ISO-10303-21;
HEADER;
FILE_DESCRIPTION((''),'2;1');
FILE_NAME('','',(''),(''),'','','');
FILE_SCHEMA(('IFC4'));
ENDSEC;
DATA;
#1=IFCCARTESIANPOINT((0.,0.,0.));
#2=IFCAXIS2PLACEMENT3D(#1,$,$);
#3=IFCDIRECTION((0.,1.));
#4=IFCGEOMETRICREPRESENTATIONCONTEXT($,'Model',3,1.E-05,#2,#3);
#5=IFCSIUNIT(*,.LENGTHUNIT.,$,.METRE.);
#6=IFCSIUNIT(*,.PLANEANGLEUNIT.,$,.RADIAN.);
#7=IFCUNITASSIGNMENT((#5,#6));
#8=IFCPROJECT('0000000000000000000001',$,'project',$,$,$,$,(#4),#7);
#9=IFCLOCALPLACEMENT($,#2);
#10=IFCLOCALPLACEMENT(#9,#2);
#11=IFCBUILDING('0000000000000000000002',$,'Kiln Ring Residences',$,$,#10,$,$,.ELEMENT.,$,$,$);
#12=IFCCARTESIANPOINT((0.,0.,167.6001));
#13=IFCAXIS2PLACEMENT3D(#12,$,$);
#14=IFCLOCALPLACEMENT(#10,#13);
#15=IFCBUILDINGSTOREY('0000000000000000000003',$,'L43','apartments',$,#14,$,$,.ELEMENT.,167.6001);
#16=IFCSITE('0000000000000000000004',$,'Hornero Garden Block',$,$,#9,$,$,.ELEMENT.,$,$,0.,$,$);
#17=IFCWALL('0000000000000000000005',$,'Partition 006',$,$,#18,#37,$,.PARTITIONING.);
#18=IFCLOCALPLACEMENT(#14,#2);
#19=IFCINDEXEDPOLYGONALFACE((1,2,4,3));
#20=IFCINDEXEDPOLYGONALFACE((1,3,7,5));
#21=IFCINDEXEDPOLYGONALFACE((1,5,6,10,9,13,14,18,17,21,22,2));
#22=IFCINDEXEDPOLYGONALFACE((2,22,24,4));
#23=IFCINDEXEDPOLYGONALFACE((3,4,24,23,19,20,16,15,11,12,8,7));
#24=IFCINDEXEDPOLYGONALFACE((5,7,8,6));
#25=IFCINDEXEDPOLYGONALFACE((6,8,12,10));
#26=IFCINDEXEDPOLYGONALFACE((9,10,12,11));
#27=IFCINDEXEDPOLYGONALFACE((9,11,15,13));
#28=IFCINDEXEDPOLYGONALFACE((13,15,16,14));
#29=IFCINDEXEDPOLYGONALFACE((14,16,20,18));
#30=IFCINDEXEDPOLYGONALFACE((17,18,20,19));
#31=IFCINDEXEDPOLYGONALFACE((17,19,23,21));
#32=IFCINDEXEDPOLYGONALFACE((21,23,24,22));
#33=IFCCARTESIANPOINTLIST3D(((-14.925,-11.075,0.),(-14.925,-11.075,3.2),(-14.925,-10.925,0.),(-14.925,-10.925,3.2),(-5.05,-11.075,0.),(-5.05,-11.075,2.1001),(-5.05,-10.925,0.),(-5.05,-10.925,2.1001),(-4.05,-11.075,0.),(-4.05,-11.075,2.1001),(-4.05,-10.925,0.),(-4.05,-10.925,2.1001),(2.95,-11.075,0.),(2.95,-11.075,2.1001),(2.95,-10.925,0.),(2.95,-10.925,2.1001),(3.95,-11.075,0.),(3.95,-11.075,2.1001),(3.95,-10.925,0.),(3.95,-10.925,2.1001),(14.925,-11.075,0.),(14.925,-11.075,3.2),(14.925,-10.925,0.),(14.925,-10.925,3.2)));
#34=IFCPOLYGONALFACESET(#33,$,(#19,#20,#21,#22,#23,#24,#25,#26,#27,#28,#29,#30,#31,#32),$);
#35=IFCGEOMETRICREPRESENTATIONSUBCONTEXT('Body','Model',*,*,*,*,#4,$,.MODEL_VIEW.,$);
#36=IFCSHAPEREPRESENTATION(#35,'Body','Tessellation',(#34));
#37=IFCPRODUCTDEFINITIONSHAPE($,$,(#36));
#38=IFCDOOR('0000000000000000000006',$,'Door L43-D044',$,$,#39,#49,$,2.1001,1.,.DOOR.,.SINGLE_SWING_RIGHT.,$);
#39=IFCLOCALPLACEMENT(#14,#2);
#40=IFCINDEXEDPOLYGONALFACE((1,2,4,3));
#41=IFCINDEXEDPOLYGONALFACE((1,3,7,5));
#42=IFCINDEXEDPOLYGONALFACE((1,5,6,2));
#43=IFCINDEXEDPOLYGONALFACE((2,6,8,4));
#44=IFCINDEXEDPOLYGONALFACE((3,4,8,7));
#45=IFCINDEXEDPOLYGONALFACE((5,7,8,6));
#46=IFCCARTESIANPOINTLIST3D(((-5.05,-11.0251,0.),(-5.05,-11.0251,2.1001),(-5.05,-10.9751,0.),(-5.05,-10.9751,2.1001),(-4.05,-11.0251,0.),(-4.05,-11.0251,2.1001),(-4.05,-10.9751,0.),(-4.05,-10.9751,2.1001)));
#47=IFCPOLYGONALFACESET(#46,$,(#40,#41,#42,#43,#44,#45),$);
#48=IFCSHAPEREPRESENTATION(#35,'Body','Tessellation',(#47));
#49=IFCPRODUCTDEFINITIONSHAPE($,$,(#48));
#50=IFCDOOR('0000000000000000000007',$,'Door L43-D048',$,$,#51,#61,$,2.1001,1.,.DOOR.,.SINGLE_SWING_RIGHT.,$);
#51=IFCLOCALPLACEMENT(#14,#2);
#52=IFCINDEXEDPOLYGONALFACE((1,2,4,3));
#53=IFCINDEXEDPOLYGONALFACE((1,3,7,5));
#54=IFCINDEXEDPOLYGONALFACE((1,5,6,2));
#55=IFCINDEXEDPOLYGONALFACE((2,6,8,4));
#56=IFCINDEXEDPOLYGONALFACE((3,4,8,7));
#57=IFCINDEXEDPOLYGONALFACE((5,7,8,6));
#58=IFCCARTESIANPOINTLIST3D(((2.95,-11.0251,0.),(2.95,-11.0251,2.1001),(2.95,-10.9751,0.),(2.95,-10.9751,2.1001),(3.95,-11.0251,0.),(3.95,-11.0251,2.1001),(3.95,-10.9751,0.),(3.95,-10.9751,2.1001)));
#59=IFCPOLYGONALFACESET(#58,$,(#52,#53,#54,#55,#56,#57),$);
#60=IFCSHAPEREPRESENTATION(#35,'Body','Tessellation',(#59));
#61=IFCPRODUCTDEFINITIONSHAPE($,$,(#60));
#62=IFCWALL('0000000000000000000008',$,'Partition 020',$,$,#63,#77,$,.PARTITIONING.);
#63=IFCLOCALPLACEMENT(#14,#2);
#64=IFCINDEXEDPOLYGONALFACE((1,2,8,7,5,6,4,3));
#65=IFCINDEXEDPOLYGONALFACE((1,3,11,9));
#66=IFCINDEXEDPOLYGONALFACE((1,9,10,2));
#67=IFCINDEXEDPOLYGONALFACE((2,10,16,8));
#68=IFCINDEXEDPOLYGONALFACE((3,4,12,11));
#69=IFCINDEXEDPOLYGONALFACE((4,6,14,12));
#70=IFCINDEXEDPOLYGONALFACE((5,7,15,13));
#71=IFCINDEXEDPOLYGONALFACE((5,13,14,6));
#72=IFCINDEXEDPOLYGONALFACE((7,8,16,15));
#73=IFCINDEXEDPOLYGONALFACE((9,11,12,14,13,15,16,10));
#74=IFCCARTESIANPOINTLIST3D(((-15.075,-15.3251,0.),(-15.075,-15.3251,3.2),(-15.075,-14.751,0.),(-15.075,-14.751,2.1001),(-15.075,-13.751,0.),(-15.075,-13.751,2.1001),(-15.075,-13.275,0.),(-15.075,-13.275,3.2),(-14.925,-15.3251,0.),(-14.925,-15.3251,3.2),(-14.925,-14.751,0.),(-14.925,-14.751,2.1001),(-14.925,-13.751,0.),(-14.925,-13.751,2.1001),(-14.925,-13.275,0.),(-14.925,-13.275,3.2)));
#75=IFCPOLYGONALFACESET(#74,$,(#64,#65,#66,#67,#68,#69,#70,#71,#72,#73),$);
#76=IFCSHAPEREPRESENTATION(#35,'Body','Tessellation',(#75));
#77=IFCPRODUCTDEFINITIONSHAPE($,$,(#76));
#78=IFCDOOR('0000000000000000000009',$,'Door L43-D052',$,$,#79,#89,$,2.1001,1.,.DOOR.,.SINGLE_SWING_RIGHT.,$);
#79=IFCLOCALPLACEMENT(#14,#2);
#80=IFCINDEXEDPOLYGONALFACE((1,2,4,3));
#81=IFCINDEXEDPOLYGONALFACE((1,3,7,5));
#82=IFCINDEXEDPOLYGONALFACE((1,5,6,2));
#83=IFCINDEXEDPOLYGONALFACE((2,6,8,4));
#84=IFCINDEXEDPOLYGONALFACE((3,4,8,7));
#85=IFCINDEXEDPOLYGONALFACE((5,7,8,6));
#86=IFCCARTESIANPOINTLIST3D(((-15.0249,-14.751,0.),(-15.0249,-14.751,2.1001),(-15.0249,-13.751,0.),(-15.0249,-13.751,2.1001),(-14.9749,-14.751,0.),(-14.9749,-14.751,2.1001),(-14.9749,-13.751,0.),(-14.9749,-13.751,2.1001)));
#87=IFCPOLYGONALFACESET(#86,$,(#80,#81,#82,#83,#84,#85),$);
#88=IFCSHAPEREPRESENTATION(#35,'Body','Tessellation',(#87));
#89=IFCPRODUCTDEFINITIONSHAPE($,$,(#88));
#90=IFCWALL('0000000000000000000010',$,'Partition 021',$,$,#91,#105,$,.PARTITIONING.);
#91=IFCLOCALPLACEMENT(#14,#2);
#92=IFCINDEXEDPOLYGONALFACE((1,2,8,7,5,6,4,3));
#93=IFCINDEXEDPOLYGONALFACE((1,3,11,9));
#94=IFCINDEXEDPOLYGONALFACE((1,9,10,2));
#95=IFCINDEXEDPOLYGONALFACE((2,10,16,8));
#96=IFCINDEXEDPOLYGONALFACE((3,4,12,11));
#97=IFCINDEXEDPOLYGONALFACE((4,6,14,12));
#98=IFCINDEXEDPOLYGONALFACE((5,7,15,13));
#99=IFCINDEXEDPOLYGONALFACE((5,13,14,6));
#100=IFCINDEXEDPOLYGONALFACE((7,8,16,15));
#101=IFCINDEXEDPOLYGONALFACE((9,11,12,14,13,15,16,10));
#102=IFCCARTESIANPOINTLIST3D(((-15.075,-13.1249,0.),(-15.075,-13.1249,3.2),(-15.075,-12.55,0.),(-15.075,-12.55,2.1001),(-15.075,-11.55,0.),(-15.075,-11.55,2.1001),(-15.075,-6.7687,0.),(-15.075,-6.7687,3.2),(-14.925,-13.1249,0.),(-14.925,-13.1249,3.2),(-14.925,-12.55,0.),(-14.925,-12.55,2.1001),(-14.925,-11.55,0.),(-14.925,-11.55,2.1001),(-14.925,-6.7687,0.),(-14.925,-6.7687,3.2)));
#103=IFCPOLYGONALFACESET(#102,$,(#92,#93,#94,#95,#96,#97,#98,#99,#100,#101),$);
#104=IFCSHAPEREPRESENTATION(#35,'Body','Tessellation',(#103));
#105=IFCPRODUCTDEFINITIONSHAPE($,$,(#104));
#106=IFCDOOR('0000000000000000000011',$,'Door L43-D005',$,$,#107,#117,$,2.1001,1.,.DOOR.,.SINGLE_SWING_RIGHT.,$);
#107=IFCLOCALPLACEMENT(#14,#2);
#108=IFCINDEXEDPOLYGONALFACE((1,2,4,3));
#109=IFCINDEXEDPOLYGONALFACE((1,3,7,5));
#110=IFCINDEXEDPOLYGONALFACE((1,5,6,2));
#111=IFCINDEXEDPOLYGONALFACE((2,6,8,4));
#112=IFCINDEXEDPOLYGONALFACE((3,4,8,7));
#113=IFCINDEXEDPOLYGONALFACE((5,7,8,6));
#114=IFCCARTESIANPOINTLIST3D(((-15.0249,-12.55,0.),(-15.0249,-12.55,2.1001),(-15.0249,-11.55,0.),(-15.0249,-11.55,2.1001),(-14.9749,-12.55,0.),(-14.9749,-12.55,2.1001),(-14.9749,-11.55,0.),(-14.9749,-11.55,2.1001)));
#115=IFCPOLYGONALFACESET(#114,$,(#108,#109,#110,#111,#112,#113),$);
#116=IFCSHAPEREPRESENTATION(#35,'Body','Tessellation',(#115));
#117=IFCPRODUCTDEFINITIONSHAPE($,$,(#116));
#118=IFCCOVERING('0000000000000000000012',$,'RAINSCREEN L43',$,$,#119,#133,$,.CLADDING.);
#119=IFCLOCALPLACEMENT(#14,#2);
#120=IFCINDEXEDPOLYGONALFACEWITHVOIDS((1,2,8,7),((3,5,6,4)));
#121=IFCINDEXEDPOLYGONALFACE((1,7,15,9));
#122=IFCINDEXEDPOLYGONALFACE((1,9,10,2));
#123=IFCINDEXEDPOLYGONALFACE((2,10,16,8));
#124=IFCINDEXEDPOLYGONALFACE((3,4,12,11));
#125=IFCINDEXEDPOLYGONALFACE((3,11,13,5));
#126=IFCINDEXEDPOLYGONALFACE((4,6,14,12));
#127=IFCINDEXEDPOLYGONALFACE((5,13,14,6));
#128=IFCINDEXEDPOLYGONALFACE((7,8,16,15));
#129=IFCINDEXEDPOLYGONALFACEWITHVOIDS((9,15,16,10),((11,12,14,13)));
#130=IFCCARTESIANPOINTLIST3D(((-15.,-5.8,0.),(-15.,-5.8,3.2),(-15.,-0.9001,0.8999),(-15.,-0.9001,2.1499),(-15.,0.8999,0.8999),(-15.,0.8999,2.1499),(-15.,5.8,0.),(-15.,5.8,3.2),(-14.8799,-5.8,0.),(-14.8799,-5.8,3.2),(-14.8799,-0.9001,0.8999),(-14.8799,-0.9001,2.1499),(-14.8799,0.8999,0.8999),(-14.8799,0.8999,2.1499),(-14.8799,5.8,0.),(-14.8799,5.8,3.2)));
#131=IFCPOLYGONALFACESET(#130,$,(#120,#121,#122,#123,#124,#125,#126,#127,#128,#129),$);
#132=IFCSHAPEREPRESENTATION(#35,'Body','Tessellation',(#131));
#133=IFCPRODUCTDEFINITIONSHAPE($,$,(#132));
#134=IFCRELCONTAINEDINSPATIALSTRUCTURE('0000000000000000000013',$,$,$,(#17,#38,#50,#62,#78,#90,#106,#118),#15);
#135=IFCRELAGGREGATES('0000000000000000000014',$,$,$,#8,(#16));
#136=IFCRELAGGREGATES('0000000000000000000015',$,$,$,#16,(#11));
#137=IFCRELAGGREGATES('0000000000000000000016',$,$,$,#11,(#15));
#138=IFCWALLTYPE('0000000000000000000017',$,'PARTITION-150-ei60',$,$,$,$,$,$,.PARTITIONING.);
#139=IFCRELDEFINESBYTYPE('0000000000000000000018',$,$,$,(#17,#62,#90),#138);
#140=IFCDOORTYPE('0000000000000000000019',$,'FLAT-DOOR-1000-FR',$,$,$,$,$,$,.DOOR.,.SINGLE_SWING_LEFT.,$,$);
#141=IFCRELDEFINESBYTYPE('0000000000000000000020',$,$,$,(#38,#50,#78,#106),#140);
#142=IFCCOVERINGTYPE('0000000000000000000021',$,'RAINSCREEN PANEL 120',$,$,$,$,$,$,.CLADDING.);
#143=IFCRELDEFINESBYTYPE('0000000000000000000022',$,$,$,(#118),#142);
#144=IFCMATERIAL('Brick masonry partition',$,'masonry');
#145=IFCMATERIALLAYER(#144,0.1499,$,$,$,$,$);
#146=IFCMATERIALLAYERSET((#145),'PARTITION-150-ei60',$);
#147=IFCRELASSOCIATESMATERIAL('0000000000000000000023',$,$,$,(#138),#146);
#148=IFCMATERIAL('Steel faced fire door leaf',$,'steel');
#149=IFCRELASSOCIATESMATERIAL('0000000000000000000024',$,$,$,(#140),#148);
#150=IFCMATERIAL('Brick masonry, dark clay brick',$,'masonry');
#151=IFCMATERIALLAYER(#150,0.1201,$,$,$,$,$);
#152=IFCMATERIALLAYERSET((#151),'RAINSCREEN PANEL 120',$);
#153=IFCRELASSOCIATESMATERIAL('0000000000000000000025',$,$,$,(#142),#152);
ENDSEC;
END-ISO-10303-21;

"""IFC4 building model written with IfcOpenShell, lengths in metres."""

from ifc_helpers import new_model, si_unit, direction, frame, frame_2d, origin, place, context, subcontext, project, spatial, polyline, rectangle, outline, extrude, material, layer, layer_set, type_object, element, fill, save


model = new_model("IFC4")

# Units and contexts
model_context = context("Model", 3, precision=1e-05, world=origin(), true_north=direction((0.0, 1.0)))
body_context = subcontext(model_context, "Body", "Model", "MODEL_VIEW")
ifc_project = project(units=[si_unit("LENGTHUNIT", "METRE"), si_unit("PLANEANGLEUNIT", "RADIAN")], contexts=[model_context])

# Site, building, storey
site_placement = place(None, origin())
site = spatial("IfcSite", under=ifc_project, at=site_placement, Name="Hornero Garden Block", CompositionType="ELEMENT", RefElevation=0.0)
building_placement = place(site_placement, origin())
building = spatial("IfcBuilding", under=site, at=building_placement, Name="Kiln Ring Residences", CompositionType="ELEMENT")
storey_placement = place(building_placement, frame((0.0, 0.0, 167.6001)))
storey = spatial("IfcBuildingStorey", under=building, at=storey_placement, Name="L43", Description="apartments", CompositionType="ELEMENT", Elevation=167.6001)

# Wall, openings, doors
ifc_material_1 = material(Name="Brick masonry partition", Category="masonry")
ifc_layer_1 = layer(ifc_material_1, 0.1499)
ifc_layer_set_1 = layer_set([ifc_layer_1], Name="PARTITION-150-ei60")
wall_type_1 = type_object("IfcWallType", Name="PARTITION-150-ei60", PredefinedType="PARTITIONING", material=ifc_layer_set_1)
ifc_material_2 = material(Name="Steel faced fire door leaf", Category="steel")
door_type_1 = type_object("IfcDoorType", Name="FLAT-DOOR-1000-FR", OperationType="SINGLE_SWING_LEFT", PredefinedType="DOOR", material=ifc_material_2)
wall_1_placement = place(storey_placement, frame((-14.925, -11.0, 0.0), z_axis=(0.0, 0.0, 1.0), x_axis=(1.0, 0.0, 0.0)))
wall_1 = element("IfcWall", 1, at=wall_1_placement, inside=storey, type_object=wall_type_1, Name="Partition 006", PredefinedType="PARTITIONING", context=body_context, shape_type="SweptSolid", body=[
    extrude(rectangle(XDim=29.8501, YDim=0.1499, at=frame_2d((14.925, 0.0))), origin(), (0.0, 0.0, 1.0), 3.2),
])
opening_1_placement = place(wall_1_placement, frame((9.875, 0.0, 0.0)))
opening_1 = element("IfcOpeningElement", 2, at=opening_1_placement, cuts=wall_1, PredefinedType="OPENING", context=body_context, shape_type="SweptSolid", body=[
    extrude(rectangle(XDim=1.0, YDim=2.1001, at=frame_2d((0.5, 1.05))), frame((0.0, 0.085, 0.0), z_axis=(0.0, -1.0, 0.0), x_axis=(1.0, 0.0, 0.0)), (0.0, 0.0, 1.0), 0.1699),
])
opening_2_placement = place(wall_1_placement, frame((17.875, 0.0, 0.0)))
opening_2 = element("IfcOpeningElement", 3, at=opening_2_placement, cuts=wall_1, PredefinedType="OPENING", context=body_context, shape_type="SweptSolid", body=[
    extrude(rectangle(XDim=1.0, YDim=2.1001, at=frame_2d((0.5, 1.05))), frame((0.0, 0.085, 0.0), z_axis=(0.0, -1.0, 0.0), x_axis=(1.0, 0.0, 0.0)), (0.0, 0.0, 1.0), 0.1699),
])
door_1_placement = place(opening_1_placement, origin())
door_1 = element("IfcDoor", 4, at=door_1_placement, inside=storey, type_object=door_type_1, Name="Door L43-D044", OperationType="SINGLE_SWING_RIGHT", OverallHeight=2.1001, OverallWidth=1.0, PredefinedType="DOOR", context=body_context, shape_type="SweptSolid", body=[
    extrude(rectangle(XDim=1.0, YDim=2.1001, at=frame_2d((0.5, 1.05))), frame((0.0, 0.0249, 0.0), z_axis=(0.0, -1.0, 0.0), x_axis=(1.0, 0.0, 0.0)), (0.0, 0.0, 1.0), 0.05),
])
fill(opening_1, door_1)
door_2_placement = place(opening_2_placement, origin())
door_2 = element("IfcDoor", 5, at=door_2_placement, inside=storey, type_object=door_type_1, Name="Door L43-D048", OperationType="SINGLE_SWING_RIGHT", OverallHeight=2.1001, OverallWidth=1.0, PredefinedType="DOOR", context=body_context, shape_type="SweptSolid", body=[
    extrude(rectangle(XDim=1.0, YDim=2.1001, at=frame_2d((0.5, 1.05))), frame((0.0, 0.0249, 0.0), z_axis=(0.0, -1.0, 0.0), x_axis=(1.0, 0.0, 0.0)), (0.0, 0.0, 1.0), 0.05),
])
fill(opening_2, door_2)

# Walls, openings, doors
wall_2_placement = place(storey_placement, frame((-15.0, -15.325, 0.0), z_axis=(0.0, 0.0, 1.0), x_axis=(0.0, 1.0, 0.0)))
wall_2 = element("IfcWall", 6, at=wall_2_placement, inside=storey, type_object=wall_type_1, Name="Partition 020", PredefinedType="PARTITIONING", context=body_context, shape_type="SweptSolid", body=[
    extrude(rectangle(XDim=2.05, YDim=0.1499, at=frame_2d((1.0249, 0.0))), origin(), (0.0, 0.0, 1.0), 3.2),
])
opening_3_placement = place(wall_2_placement, frame((0.574, 0.0, 0.0)))
opening_3 = element("IfcOpeningElement", 7, at=opening_3_placement, cuts=wall_2, PredefinedType="OPENING", context=body_context, shape_type="SweptSolid", body=[
    extrude(rectangle(XDim=1.0, YDim=2.1001, at=frame_2d((0.5, 1.05))), frame((0.0, 0.085, 0.0), z_axis=(0.0, -1.0, 0.0), x_axis=(1.0, 0.0, 0.0)), (0.0, 0.0, 1.0), 0.1699),
])
door_3_placement = place(opening_3_placement, origin())
door_3 = element("IfcDoor", 8, at=door_3_placement, inside=storey, type_object=door_type_1, Name="Door L43-D052", OperationType="SINGLE_SWING_RIGHT", OverallHeight=2.1001, OverallWidth=1.0, PredefinedType="DOOR", context=body_context, shape_type="SweptSolid", body=[
    extrude(rectangle(XDim=1.0, YDim=2.1001, at=frame_2d((0.5, 1.05))), frame((0.0, 0.0249, 0.0), z_axis=(0.0, -1.0, 0.0), x_axis=(1.0, 0.0, 0.0)), (0.0, 0.0, 1.0), 0.05),
])
fill(opening_3, door_3)
wall_3_placement = place(storey_placement, frame((-15.0, -13.125, 0.0), z_axis=(0.0, 0.0, 1.0), x_axis=(0.0, 1.0, 0.0)))
wall_3 = element("IfcWall", 9, at=wall_3_placement, inside=storey, type_object=wall_type_1, Name="Partition 021", PredefinedType="PARTITIONING", context=body_context, shape_type="SweptSolid", body=[
    extrude(rectangle(XDim=6.3562, YDim=0.1499, at=frame_2d((3.1782, 0.0))), origin(), (0.0, 0.0, 1.0), 3.2),
])
opening_4_placement = place(wall_3_placement, frame((0.575, 0.0, 0.0)))
opening_4 = element("IfcOpeningElement", 10, at=opening_4_placement, cuts=wall_3, PredefinedType="OPENING", context=body_context, shape_type="SweptSolid", body=[
    extrude(rectangle(XDim=1.0, YDim=2.1001, at=frame_2d((0.5, 1.05))), frame((0.0, 0.085, 0.0), z_axis=(0.0, -1.0, 0.0), x_axis=(1.0, 0.0, 0.0)), (0.0, 0.0, 1.0), 0.1699),
])
door_4_placement = place(opening_4_placement, origin())
door_4 = element("IfcDoor", 11, at=door_4_placement, inside=storey, type_object=door_type_1, Name="Door L43-D005", OperationType="SINGLE_SWING_RIGHT", OverallHeight=2.1001, OverallWidth=1.0, PredefinedType="DOOR", context=body_context, shape_type="SweptSolid", body=[
    extrude(rectangle(XDim=1.0, YDim=2.1001, at=frame_2d((0.5, 1.05))), frame((0.0, 0.0249, 0.0), z_axis=(0.0, -1.0, 0.0), x_axis=(1.0, 0.0, 0.0)), (0.0, 0.0, 1.0), 0.05),
])
fill(opening_4, door_4)

# Covering
ifc_material_3 = material(Name="Brick masonry, dark clay brick", Category="masonry")
ifc_layer_2 = layer(ifc_material_3, 0.1201)
ifc_layer_set_2 = layer_set([ifc_layer_2], Name="RAINSCREEN PANEL 120")
covering_type = type_object("IfcCoveringType", Name="RAINSCREEN PANEL 120", PredefinedType="CLADDING", material=ifc_layer_set_2)
covering_placement = place(storey_placement, frame((-14.9399, -5.8, 0.0), z_axis=(0.0, 0.0, 1.0), x_axis=(0.0, 1.0, 0.0)))
element("IfcCovering", 12, at=covering_placement, inside=storey, type_object=covering_type, Name="RAINSCREEN L43", PredefinedType="CLADDING", context=body_context, shape_type="SweptSolid", body=[
    extrude(outline(polyline([(0.0, 0.0), (11.6001, 0.0), (11.6001, 3.2), (0.0, 3.2), (0.0, 0.0)]), holes=[polyline([(4.8999, 2.1499), (4.8999, 0.8999), (6.7, 0.8999), (6.7, 2.1499), (4.8999, 2.1499)])]), frame((0.0, 0.0601, 0.0), z_axis=(0.0, -1.0, 0.0), x_axis=(1.0, 0.0, 0.0)), (0.0, 0.0, 1.0), 0.1201),
])

save(model, "model.ifc")
